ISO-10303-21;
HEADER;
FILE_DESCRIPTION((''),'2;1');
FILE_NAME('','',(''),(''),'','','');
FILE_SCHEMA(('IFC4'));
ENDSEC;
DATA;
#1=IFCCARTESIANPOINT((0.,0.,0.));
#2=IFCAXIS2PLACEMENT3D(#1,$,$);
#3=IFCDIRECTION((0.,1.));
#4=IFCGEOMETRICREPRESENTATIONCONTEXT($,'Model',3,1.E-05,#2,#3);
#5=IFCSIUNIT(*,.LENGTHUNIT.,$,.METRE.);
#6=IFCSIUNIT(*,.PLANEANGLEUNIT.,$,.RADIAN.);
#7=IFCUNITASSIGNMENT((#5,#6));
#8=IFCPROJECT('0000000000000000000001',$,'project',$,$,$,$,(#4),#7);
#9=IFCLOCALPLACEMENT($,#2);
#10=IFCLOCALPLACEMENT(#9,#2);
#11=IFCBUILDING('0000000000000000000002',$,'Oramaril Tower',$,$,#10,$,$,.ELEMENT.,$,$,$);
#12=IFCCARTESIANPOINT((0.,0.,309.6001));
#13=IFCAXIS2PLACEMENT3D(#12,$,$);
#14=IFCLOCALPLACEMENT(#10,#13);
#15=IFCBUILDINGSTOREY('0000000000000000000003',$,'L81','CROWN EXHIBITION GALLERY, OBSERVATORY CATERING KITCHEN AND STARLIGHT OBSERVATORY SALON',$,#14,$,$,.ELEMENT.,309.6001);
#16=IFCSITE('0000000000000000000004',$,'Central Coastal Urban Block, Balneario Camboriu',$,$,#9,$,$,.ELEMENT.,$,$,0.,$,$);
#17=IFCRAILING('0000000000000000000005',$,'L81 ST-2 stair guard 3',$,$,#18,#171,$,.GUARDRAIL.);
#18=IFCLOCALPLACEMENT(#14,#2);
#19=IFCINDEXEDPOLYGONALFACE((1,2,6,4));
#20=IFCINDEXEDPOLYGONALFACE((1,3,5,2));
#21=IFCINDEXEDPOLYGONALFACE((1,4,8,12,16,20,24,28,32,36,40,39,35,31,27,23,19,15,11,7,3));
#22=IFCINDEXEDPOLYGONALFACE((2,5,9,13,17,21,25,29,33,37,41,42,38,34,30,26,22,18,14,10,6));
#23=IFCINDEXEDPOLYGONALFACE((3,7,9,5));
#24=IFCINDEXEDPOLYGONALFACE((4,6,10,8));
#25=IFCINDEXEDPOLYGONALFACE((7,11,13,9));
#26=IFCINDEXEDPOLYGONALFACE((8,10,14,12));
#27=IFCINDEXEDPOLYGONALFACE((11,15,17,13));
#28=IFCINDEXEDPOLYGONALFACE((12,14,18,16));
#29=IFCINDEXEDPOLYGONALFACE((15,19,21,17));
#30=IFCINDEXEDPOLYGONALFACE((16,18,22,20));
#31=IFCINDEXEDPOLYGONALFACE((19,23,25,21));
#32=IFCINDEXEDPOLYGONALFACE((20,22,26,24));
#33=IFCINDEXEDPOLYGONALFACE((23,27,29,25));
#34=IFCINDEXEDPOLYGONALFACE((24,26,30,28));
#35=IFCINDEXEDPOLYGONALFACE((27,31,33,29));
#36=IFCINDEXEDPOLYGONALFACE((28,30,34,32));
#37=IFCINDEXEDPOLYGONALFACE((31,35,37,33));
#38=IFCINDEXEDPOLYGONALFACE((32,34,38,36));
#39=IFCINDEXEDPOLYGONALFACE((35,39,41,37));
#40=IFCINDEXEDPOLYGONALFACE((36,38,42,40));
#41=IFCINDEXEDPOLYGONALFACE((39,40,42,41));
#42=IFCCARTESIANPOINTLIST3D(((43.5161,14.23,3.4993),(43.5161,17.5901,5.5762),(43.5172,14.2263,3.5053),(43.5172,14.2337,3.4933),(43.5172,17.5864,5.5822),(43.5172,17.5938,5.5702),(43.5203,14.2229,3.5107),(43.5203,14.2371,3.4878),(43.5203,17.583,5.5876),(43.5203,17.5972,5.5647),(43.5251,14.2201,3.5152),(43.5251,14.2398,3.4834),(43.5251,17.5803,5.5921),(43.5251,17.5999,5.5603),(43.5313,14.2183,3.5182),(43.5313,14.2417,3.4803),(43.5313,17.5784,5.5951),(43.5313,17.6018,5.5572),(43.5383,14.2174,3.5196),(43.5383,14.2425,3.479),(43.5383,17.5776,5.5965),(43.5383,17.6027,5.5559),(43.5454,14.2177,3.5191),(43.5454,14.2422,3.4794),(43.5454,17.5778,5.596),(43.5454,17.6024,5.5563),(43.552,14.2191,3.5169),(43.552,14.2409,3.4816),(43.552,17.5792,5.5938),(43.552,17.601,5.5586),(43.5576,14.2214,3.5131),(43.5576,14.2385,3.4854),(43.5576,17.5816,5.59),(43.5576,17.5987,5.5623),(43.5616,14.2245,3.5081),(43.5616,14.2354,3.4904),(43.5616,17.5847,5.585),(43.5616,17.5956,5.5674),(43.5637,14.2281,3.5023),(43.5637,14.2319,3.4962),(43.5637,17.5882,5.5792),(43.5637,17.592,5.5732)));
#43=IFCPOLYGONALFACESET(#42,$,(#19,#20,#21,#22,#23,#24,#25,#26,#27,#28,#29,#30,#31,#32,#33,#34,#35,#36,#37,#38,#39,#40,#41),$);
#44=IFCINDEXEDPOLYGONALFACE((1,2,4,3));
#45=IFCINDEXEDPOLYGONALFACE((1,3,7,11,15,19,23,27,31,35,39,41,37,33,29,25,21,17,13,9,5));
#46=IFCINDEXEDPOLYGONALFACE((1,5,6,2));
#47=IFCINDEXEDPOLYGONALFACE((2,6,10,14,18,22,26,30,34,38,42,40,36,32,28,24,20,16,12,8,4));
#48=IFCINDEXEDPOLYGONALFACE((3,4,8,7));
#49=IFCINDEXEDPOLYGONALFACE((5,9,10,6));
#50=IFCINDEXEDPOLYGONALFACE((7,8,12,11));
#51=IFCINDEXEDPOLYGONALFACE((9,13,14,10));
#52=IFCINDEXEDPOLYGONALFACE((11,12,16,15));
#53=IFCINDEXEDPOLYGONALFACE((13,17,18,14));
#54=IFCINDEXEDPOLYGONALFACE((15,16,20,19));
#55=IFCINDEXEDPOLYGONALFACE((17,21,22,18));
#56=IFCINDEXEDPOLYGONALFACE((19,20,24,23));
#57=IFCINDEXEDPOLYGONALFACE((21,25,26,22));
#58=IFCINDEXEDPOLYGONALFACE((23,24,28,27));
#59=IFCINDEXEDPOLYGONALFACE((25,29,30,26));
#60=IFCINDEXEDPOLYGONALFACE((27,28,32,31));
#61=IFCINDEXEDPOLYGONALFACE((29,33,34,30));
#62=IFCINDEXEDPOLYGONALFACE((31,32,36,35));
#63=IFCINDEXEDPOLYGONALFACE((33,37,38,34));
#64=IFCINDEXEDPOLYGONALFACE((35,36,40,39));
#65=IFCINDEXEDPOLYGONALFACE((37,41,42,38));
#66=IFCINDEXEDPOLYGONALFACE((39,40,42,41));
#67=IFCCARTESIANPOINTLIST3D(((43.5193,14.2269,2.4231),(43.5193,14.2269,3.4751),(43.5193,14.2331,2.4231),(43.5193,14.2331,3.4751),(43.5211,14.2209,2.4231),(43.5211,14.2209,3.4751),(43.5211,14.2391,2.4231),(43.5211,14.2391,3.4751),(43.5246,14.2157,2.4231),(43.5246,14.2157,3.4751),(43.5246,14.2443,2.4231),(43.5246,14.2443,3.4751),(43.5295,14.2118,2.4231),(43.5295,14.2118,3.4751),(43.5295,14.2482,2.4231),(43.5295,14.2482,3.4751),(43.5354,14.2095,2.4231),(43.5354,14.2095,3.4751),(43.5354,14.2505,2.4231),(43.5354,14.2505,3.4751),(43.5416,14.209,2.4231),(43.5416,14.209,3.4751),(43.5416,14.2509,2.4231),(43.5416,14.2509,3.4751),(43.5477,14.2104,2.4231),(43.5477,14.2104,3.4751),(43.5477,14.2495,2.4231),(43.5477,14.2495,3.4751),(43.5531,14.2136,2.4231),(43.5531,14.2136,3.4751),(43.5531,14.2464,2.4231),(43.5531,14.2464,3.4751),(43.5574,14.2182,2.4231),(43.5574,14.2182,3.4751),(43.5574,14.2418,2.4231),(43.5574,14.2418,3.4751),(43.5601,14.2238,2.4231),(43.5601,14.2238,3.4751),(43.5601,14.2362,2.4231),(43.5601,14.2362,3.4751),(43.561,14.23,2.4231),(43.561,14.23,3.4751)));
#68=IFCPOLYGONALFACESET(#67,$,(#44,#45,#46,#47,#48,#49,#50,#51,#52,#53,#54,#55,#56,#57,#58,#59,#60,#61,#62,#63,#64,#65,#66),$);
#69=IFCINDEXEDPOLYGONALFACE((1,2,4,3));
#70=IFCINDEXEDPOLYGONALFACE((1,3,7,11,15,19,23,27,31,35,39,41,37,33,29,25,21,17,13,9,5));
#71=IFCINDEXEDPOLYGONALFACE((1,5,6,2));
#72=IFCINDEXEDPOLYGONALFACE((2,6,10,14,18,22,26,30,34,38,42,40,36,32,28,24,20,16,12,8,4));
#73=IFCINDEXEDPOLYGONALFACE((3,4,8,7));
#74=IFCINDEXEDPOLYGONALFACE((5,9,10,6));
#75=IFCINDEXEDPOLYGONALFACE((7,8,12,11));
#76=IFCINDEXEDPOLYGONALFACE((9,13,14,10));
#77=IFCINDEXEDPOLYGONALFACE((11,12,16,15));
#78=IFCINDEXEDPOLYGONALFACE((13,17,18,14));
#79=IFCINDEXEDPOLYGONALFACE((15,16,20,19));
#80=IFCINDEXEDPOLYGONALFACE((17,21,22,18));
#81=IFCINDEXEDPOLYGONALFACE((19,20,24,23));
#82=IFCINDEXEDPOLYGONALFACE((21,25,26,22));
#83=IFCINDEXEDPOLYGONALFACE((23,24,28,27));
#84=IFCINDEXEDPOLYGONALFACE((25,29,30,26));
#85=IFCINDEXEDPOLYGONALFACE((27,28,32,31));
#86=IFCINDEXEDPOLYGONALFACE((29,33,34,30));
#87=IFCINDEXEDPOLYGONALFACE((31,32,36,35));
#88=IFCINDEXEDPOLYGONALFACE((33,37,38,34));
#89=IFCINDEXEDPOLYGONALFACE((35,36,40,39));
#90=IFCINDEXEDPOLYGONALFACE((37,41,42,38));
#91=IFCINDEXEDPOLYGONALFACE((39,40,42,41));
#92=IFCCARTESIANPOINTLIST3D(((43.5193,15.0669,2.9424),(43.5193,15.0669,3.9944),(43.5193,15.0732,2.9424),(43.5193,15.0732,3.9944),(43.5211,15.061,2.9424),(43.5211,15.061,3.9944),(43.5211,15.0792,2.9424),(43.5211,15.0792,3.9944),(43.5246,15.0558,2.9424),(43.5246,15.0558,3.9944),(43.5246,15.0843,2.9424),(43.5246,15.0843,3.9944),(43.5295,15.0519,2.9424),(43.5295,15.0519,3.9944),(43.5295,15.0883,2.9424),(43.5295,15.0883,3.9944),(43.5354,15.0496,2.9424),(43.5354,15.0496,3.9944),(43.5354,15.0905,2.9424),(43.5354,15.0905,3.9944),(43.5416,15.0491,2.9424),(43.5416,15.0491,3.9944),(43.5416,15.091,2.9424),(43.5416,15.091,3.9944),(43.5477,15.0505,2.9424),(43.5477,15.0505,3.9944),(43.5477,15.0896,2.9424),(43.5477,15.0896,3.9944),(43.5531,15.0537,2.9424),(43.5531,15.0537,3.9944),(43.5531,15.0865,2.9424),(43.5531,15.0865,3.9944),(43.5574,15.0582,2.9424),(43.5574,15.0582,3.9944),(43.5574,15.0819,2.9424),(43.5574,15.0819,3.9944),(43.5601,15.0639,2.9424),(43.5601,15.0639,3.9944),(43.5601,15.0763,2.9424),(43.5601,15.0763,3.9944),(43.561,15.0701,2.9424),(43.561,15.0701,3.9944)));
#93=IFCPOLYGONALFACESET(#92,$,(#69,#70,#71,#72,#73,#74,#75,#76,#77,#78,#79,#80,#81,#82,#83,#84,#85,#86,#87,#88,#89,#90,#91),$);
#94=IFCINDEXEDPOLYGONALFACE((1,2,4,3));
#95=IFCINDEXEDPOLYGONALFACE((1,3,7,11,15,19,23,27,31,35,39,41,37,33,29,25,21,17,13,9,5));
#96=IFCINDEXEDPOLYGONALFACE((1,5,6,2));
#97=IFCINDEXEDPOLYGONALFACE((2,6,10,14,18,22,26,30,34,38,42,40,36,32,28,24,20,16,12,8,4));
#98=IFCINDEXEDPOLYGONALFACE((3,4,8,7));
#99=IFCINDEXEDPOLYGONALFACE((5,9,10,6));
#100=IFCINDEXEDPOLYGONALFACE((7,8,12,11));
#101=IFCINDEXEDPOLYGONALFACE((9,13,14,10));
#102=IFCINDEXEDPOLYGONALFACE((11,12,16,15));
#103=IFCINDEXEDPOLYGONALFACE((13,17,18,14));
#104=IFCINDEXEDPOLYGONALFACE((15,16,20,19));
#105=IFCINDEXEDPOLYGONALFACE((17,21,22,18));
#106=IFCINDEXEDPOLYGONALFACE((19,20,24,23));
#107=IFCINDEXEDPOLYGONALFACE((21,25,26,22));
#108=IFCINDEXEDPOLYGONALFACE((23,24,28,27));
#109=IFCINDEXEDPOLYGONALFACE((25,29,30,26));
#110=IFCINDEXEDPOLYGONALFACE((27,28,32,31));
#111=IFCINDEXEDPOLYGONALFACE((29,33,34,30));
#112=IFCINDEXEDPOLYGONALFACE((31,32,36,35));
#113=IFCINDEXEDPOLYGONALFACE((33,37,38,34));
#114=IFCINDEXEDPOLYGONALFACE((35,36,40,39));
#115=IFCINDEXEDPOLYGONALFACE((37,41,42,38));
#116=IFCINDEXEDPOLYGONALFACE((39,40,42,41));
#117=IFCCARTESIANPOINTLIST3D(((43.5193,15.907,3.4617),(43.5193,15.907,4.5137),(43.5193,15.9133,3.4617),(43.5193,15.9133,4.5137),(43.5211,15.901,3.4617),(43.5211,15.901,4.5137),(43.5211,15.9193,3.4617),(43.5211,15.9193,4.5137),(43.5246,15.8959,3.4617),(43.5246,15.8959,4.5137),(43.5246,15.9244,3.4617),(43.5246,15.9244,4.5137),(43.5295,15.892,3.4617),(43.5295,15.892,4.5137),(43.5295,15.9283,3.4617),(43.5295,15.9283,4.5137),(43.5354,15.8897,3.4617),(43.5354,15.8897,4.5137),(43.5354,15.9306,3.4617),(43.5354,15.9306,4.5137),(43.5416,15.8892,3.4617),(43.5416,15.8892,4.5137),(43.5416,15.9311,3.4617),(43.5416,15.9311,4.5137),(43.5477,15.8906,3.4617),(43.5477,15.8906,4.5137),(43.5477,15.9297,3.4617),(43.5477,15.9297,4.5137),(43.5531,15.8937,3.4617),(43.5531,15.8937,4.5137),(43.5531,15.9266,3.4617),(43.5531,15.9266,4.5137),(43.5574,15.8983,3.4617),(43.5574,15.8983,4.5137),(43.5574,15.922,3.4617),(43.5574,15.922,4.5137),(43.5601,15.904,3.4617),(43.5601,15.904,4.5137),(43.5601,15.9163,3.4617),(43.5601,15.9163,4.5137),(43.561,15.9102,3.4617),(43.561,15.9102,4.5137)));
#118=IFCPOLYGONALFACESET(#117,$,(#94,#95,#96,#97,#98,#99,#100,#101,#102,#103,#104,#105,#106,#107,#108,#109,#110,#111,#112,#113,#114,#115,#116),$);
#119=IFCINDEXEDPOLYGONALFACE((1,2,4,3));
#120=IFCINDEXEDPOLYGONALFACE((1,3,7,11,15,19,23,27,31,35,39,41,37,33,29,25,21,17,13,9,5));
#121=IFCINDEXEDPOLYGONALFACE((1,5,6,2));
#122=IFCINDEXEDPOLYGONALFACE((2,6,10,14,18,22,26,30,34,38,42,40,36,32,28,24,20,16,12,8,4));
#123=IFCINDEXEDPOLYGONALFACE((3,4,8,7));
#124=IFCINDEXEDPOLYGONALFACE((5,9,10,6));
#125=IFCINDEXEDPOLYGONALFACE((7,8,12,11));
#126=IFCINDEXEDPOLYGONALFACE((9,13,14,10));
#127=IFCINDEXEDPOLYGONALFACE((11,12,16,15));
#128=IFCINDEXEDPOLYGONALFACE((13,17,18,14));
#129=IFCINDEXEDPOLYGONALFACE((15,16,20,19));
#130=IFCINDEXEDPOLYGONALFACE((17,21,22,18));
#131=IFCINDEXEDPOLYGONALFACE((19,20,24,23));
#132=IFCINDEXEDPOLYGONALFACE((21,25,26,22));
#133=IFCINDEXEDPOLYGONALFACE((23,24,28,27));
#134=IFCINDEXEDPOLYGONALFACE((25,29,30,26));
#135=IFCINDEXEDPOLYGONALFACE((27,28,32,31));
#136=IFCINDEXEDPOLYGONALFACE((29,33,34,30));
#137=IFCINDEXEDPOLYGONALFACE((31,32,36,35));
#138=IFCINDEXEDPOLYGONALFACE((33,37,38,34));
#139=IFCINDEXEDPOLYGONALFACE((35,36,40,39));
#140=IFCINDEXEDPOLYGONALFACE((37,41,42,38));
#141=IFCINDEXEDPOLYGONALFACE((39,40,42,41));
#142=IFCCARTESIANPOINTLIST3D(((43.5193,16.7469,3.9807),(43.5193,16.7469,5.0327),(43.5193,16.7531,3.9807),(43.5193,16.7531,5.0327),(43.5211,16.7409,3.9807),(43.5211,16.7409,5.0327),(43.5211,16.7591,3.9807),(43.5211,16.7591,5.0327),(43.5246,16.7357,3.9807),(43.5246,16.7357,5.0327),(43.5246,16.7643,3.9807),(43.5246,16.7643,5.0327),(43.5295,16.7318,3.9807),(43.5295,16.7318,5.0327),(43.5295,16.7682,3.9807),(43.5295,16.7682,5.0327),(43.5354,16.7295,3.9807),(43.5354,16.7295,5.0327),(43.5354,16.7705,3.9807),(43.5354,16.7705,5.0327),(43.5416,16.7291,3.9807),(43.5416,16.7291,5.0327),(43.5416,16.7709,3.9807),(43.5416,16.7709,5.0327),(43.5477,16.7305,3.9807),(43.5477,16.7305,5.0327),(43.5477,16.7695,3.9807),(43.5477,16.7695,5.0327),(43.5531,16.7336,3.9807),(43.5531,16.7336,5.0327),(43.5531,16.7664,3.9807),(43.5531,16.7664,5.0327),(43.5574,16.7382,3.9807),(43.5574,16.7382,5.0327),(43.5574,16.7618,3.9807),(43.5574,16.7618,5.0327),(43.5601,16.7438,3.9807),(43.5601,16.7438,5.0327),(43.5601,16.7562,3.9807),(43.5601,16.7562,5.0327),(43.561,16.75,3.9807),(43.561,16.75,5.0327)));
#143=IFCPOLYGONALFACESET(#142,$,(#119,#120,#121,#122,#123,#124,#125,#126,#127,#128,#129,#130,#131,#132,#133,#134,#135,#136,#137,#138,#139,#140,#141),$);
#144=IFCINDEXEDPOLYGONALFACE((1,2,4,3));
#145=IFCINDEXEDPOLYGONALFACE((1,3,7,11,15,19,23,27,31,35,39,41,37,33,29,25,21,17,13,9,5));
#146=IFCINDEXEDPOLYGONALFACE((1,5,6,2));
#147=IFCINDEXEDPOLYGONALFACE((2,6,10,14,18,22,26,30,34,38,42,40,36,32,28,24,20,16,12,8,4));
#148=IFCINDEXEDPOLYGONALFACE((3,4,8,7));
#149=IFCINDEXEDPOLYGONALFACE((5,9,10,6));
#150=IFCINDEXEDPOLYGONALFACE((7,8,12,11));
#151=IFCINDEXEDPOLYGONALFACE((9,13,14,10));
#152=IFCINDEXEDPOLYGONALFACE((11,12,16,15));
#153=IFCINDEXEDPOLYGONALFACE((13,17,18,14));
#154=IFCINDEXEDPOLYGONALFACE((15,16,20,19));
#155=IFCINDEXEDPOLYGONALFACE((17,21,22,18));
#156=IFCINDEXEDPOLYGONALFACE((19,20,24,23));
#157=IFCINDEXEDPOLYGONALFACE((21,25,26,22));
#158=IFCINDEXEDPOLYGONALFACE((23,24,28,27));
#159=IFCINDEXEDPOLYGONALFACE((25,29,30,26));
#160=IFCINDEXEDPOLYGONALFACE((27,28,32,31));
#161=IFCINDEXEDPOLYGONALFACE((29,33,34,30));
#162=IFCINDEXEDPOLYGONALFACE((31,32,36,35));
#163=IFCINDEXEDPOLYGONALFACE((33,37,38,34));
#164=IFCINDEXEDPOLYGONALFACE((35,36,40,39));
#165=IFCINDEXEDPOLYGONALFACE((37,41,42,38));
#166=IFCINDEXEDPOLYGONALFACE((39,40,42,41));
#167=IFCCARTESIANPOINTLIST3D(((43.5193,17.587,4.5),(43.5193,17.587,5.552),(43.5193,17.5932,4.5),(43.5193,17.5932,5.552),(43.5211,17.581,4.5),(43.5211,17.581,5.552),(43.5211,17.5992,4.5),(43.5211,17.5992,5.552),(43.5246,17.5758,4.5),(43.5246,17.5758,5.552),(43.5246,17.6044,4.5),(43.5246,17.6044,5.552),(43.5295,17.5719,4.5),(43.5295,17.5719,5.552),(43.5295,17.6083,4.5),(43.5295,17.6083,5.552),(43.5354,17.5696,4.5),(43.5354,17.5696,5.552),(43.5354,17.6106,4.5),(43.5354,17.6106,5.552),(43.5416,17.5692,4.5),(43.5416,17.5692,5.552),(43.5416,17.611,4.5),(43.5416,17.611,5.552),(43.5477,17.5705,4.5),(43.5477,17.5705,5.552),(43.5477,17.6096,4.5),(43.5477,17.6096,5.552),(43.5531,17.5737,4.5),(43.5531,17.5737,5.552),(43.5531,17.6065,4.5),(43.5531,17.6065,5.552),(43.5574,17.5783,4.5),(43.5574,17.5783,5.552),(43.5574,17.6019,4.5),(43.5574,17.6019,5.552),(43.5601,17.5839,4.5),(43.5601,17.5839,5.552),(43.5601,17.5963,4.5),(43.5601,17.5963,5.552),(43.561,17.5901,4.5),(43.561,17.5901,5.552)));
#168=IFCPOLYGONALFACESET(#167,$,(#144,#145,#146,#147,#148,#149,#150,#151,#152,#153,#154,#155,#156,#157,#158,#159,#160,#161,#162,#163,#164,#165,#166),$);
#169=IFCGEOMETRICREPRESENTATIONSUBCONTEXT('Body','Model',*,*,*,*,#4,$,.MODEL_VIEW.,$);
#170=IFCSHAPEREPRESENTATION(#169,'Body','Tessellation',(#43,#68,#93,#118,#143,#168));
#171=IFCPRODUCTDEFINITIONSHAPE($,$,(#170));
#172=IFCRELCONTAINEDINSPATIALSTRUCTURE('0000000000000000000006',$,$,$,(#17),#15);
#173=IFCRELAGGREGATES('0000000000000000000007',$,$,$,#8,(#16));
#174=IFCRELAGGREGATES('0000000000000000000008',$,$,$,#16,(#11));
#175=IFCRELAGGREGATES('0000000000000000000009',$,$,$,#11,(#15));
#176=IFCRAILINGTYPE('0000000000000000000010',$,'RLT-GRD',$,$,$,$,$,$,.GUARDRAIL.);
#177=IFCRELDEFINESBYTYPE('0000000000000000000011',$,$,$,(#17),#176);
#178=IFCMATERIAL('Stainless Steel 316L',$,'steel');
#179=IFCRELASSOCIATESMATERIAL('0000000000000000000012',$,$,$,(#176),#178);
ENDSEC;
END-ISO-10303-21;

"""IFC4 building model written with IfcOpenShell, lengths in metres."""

from ifc_helpers import new_model, si_unit, direction, frame, origin, origin_2d, place, context, subcontext, project, spatial, circle, extrude, material, type_object, element, save


model = new_model("IFC4")

# Units and contexts
model_context = context("Model", 3, precision=1e-05, world=origin(), true_north=direction((0.0, 1.0)))
body_context = subcontext(model_context, "Body", "Model", "MODEL_VIEW")
ifc_project = project(units=[si_unit("LENGTHUNIT", "METRE"), si_unit("PLANEANGLEUNIT", "RADIAN")], contexts=[model_context])

# Site, building, storey
site_placement = place(None, origin())
site = spatial("IfcSite", under=ifc_project, at=site_placement, Name="Central Coastal Urban Block, Balneario Camboriu", CompositionType="ELEMENT", RefElevation=0.0)
building_placement = place(site_placement, origin())
building = spatial("IfcBuilding", under=site, at=building_placement, Name="Oramaril Tower", CompositionType="ELEMENT")
storey_placement = place(building_placement, frame((0.0, 0.0, 309.6001)))
storey = spatial("IfcBuildingStorey", under=building, at=storey_placement, Name="L81", Description="CROWN EXHIBITION GALLERY, OBSERVATORY CATERING KITCHEN AND STARLIGHT OBSERVATORY SALON", CompositionType="ELEMENT", Elevation=309.6001)

# Railing
ifc_material_1 = material(Name="Stainless Steel 316L", Category="steel")
railing_type_1 = type_object("IfcRailingType", Name="RLT-GRD", PredefinedType="GUARDRAIL", material=ifc_material_1)
railing_1_placement = place(storey_placement, frame((43.54, 14.23, 2.4231)))
element("IfcRailing", 1, at=railing_1_placement, inside=storey, type_object=railing_type_1, Name="L81 ST-2 stair guard 3", PredefinedType="GUARDRAIL", context=body_context, shape_type="SweptSolid", body=[
    extrude(circle(Radius=0.0239, at=origin_2d()), frame((0.0, 0.0, 1.0762), z_axis=(0.0, 0.850623, 0.525776), x_axis=(-1.0, 0.0, 0.0)), (0.0, 0.0, 1.0), 3.9502),
    extrude(circle(Radius=0.021, at=origin_2d()), origin(), (0.0, 0.0, 1.0), 1.052),
    extrude(circle(Radius=0.021, at=origin_2d()), frame((0.0, 0.8401, 0.5193)), (0.0, 0.0, 1.0), 1.052),
    extrude(circle(Radius=0.021, at=origin_2d()), frame((0.0, 1.6802, 1.0386)), (0.0, 0.0, 1.0), 1.052),
    extrude(circle(Radius=0.021, at=origin_2d()), frame((0.0, 2.52, 1.5576)), (0.0, 0.0, 1.0), 1.052),
    extrude(circle(Radius=0.021, at=origin_2d()), frame((0.0, 3.3601, 2.0769)), (0.0, 0.0, 1.0), 1.052),
])

save(model, "model.ifc")
